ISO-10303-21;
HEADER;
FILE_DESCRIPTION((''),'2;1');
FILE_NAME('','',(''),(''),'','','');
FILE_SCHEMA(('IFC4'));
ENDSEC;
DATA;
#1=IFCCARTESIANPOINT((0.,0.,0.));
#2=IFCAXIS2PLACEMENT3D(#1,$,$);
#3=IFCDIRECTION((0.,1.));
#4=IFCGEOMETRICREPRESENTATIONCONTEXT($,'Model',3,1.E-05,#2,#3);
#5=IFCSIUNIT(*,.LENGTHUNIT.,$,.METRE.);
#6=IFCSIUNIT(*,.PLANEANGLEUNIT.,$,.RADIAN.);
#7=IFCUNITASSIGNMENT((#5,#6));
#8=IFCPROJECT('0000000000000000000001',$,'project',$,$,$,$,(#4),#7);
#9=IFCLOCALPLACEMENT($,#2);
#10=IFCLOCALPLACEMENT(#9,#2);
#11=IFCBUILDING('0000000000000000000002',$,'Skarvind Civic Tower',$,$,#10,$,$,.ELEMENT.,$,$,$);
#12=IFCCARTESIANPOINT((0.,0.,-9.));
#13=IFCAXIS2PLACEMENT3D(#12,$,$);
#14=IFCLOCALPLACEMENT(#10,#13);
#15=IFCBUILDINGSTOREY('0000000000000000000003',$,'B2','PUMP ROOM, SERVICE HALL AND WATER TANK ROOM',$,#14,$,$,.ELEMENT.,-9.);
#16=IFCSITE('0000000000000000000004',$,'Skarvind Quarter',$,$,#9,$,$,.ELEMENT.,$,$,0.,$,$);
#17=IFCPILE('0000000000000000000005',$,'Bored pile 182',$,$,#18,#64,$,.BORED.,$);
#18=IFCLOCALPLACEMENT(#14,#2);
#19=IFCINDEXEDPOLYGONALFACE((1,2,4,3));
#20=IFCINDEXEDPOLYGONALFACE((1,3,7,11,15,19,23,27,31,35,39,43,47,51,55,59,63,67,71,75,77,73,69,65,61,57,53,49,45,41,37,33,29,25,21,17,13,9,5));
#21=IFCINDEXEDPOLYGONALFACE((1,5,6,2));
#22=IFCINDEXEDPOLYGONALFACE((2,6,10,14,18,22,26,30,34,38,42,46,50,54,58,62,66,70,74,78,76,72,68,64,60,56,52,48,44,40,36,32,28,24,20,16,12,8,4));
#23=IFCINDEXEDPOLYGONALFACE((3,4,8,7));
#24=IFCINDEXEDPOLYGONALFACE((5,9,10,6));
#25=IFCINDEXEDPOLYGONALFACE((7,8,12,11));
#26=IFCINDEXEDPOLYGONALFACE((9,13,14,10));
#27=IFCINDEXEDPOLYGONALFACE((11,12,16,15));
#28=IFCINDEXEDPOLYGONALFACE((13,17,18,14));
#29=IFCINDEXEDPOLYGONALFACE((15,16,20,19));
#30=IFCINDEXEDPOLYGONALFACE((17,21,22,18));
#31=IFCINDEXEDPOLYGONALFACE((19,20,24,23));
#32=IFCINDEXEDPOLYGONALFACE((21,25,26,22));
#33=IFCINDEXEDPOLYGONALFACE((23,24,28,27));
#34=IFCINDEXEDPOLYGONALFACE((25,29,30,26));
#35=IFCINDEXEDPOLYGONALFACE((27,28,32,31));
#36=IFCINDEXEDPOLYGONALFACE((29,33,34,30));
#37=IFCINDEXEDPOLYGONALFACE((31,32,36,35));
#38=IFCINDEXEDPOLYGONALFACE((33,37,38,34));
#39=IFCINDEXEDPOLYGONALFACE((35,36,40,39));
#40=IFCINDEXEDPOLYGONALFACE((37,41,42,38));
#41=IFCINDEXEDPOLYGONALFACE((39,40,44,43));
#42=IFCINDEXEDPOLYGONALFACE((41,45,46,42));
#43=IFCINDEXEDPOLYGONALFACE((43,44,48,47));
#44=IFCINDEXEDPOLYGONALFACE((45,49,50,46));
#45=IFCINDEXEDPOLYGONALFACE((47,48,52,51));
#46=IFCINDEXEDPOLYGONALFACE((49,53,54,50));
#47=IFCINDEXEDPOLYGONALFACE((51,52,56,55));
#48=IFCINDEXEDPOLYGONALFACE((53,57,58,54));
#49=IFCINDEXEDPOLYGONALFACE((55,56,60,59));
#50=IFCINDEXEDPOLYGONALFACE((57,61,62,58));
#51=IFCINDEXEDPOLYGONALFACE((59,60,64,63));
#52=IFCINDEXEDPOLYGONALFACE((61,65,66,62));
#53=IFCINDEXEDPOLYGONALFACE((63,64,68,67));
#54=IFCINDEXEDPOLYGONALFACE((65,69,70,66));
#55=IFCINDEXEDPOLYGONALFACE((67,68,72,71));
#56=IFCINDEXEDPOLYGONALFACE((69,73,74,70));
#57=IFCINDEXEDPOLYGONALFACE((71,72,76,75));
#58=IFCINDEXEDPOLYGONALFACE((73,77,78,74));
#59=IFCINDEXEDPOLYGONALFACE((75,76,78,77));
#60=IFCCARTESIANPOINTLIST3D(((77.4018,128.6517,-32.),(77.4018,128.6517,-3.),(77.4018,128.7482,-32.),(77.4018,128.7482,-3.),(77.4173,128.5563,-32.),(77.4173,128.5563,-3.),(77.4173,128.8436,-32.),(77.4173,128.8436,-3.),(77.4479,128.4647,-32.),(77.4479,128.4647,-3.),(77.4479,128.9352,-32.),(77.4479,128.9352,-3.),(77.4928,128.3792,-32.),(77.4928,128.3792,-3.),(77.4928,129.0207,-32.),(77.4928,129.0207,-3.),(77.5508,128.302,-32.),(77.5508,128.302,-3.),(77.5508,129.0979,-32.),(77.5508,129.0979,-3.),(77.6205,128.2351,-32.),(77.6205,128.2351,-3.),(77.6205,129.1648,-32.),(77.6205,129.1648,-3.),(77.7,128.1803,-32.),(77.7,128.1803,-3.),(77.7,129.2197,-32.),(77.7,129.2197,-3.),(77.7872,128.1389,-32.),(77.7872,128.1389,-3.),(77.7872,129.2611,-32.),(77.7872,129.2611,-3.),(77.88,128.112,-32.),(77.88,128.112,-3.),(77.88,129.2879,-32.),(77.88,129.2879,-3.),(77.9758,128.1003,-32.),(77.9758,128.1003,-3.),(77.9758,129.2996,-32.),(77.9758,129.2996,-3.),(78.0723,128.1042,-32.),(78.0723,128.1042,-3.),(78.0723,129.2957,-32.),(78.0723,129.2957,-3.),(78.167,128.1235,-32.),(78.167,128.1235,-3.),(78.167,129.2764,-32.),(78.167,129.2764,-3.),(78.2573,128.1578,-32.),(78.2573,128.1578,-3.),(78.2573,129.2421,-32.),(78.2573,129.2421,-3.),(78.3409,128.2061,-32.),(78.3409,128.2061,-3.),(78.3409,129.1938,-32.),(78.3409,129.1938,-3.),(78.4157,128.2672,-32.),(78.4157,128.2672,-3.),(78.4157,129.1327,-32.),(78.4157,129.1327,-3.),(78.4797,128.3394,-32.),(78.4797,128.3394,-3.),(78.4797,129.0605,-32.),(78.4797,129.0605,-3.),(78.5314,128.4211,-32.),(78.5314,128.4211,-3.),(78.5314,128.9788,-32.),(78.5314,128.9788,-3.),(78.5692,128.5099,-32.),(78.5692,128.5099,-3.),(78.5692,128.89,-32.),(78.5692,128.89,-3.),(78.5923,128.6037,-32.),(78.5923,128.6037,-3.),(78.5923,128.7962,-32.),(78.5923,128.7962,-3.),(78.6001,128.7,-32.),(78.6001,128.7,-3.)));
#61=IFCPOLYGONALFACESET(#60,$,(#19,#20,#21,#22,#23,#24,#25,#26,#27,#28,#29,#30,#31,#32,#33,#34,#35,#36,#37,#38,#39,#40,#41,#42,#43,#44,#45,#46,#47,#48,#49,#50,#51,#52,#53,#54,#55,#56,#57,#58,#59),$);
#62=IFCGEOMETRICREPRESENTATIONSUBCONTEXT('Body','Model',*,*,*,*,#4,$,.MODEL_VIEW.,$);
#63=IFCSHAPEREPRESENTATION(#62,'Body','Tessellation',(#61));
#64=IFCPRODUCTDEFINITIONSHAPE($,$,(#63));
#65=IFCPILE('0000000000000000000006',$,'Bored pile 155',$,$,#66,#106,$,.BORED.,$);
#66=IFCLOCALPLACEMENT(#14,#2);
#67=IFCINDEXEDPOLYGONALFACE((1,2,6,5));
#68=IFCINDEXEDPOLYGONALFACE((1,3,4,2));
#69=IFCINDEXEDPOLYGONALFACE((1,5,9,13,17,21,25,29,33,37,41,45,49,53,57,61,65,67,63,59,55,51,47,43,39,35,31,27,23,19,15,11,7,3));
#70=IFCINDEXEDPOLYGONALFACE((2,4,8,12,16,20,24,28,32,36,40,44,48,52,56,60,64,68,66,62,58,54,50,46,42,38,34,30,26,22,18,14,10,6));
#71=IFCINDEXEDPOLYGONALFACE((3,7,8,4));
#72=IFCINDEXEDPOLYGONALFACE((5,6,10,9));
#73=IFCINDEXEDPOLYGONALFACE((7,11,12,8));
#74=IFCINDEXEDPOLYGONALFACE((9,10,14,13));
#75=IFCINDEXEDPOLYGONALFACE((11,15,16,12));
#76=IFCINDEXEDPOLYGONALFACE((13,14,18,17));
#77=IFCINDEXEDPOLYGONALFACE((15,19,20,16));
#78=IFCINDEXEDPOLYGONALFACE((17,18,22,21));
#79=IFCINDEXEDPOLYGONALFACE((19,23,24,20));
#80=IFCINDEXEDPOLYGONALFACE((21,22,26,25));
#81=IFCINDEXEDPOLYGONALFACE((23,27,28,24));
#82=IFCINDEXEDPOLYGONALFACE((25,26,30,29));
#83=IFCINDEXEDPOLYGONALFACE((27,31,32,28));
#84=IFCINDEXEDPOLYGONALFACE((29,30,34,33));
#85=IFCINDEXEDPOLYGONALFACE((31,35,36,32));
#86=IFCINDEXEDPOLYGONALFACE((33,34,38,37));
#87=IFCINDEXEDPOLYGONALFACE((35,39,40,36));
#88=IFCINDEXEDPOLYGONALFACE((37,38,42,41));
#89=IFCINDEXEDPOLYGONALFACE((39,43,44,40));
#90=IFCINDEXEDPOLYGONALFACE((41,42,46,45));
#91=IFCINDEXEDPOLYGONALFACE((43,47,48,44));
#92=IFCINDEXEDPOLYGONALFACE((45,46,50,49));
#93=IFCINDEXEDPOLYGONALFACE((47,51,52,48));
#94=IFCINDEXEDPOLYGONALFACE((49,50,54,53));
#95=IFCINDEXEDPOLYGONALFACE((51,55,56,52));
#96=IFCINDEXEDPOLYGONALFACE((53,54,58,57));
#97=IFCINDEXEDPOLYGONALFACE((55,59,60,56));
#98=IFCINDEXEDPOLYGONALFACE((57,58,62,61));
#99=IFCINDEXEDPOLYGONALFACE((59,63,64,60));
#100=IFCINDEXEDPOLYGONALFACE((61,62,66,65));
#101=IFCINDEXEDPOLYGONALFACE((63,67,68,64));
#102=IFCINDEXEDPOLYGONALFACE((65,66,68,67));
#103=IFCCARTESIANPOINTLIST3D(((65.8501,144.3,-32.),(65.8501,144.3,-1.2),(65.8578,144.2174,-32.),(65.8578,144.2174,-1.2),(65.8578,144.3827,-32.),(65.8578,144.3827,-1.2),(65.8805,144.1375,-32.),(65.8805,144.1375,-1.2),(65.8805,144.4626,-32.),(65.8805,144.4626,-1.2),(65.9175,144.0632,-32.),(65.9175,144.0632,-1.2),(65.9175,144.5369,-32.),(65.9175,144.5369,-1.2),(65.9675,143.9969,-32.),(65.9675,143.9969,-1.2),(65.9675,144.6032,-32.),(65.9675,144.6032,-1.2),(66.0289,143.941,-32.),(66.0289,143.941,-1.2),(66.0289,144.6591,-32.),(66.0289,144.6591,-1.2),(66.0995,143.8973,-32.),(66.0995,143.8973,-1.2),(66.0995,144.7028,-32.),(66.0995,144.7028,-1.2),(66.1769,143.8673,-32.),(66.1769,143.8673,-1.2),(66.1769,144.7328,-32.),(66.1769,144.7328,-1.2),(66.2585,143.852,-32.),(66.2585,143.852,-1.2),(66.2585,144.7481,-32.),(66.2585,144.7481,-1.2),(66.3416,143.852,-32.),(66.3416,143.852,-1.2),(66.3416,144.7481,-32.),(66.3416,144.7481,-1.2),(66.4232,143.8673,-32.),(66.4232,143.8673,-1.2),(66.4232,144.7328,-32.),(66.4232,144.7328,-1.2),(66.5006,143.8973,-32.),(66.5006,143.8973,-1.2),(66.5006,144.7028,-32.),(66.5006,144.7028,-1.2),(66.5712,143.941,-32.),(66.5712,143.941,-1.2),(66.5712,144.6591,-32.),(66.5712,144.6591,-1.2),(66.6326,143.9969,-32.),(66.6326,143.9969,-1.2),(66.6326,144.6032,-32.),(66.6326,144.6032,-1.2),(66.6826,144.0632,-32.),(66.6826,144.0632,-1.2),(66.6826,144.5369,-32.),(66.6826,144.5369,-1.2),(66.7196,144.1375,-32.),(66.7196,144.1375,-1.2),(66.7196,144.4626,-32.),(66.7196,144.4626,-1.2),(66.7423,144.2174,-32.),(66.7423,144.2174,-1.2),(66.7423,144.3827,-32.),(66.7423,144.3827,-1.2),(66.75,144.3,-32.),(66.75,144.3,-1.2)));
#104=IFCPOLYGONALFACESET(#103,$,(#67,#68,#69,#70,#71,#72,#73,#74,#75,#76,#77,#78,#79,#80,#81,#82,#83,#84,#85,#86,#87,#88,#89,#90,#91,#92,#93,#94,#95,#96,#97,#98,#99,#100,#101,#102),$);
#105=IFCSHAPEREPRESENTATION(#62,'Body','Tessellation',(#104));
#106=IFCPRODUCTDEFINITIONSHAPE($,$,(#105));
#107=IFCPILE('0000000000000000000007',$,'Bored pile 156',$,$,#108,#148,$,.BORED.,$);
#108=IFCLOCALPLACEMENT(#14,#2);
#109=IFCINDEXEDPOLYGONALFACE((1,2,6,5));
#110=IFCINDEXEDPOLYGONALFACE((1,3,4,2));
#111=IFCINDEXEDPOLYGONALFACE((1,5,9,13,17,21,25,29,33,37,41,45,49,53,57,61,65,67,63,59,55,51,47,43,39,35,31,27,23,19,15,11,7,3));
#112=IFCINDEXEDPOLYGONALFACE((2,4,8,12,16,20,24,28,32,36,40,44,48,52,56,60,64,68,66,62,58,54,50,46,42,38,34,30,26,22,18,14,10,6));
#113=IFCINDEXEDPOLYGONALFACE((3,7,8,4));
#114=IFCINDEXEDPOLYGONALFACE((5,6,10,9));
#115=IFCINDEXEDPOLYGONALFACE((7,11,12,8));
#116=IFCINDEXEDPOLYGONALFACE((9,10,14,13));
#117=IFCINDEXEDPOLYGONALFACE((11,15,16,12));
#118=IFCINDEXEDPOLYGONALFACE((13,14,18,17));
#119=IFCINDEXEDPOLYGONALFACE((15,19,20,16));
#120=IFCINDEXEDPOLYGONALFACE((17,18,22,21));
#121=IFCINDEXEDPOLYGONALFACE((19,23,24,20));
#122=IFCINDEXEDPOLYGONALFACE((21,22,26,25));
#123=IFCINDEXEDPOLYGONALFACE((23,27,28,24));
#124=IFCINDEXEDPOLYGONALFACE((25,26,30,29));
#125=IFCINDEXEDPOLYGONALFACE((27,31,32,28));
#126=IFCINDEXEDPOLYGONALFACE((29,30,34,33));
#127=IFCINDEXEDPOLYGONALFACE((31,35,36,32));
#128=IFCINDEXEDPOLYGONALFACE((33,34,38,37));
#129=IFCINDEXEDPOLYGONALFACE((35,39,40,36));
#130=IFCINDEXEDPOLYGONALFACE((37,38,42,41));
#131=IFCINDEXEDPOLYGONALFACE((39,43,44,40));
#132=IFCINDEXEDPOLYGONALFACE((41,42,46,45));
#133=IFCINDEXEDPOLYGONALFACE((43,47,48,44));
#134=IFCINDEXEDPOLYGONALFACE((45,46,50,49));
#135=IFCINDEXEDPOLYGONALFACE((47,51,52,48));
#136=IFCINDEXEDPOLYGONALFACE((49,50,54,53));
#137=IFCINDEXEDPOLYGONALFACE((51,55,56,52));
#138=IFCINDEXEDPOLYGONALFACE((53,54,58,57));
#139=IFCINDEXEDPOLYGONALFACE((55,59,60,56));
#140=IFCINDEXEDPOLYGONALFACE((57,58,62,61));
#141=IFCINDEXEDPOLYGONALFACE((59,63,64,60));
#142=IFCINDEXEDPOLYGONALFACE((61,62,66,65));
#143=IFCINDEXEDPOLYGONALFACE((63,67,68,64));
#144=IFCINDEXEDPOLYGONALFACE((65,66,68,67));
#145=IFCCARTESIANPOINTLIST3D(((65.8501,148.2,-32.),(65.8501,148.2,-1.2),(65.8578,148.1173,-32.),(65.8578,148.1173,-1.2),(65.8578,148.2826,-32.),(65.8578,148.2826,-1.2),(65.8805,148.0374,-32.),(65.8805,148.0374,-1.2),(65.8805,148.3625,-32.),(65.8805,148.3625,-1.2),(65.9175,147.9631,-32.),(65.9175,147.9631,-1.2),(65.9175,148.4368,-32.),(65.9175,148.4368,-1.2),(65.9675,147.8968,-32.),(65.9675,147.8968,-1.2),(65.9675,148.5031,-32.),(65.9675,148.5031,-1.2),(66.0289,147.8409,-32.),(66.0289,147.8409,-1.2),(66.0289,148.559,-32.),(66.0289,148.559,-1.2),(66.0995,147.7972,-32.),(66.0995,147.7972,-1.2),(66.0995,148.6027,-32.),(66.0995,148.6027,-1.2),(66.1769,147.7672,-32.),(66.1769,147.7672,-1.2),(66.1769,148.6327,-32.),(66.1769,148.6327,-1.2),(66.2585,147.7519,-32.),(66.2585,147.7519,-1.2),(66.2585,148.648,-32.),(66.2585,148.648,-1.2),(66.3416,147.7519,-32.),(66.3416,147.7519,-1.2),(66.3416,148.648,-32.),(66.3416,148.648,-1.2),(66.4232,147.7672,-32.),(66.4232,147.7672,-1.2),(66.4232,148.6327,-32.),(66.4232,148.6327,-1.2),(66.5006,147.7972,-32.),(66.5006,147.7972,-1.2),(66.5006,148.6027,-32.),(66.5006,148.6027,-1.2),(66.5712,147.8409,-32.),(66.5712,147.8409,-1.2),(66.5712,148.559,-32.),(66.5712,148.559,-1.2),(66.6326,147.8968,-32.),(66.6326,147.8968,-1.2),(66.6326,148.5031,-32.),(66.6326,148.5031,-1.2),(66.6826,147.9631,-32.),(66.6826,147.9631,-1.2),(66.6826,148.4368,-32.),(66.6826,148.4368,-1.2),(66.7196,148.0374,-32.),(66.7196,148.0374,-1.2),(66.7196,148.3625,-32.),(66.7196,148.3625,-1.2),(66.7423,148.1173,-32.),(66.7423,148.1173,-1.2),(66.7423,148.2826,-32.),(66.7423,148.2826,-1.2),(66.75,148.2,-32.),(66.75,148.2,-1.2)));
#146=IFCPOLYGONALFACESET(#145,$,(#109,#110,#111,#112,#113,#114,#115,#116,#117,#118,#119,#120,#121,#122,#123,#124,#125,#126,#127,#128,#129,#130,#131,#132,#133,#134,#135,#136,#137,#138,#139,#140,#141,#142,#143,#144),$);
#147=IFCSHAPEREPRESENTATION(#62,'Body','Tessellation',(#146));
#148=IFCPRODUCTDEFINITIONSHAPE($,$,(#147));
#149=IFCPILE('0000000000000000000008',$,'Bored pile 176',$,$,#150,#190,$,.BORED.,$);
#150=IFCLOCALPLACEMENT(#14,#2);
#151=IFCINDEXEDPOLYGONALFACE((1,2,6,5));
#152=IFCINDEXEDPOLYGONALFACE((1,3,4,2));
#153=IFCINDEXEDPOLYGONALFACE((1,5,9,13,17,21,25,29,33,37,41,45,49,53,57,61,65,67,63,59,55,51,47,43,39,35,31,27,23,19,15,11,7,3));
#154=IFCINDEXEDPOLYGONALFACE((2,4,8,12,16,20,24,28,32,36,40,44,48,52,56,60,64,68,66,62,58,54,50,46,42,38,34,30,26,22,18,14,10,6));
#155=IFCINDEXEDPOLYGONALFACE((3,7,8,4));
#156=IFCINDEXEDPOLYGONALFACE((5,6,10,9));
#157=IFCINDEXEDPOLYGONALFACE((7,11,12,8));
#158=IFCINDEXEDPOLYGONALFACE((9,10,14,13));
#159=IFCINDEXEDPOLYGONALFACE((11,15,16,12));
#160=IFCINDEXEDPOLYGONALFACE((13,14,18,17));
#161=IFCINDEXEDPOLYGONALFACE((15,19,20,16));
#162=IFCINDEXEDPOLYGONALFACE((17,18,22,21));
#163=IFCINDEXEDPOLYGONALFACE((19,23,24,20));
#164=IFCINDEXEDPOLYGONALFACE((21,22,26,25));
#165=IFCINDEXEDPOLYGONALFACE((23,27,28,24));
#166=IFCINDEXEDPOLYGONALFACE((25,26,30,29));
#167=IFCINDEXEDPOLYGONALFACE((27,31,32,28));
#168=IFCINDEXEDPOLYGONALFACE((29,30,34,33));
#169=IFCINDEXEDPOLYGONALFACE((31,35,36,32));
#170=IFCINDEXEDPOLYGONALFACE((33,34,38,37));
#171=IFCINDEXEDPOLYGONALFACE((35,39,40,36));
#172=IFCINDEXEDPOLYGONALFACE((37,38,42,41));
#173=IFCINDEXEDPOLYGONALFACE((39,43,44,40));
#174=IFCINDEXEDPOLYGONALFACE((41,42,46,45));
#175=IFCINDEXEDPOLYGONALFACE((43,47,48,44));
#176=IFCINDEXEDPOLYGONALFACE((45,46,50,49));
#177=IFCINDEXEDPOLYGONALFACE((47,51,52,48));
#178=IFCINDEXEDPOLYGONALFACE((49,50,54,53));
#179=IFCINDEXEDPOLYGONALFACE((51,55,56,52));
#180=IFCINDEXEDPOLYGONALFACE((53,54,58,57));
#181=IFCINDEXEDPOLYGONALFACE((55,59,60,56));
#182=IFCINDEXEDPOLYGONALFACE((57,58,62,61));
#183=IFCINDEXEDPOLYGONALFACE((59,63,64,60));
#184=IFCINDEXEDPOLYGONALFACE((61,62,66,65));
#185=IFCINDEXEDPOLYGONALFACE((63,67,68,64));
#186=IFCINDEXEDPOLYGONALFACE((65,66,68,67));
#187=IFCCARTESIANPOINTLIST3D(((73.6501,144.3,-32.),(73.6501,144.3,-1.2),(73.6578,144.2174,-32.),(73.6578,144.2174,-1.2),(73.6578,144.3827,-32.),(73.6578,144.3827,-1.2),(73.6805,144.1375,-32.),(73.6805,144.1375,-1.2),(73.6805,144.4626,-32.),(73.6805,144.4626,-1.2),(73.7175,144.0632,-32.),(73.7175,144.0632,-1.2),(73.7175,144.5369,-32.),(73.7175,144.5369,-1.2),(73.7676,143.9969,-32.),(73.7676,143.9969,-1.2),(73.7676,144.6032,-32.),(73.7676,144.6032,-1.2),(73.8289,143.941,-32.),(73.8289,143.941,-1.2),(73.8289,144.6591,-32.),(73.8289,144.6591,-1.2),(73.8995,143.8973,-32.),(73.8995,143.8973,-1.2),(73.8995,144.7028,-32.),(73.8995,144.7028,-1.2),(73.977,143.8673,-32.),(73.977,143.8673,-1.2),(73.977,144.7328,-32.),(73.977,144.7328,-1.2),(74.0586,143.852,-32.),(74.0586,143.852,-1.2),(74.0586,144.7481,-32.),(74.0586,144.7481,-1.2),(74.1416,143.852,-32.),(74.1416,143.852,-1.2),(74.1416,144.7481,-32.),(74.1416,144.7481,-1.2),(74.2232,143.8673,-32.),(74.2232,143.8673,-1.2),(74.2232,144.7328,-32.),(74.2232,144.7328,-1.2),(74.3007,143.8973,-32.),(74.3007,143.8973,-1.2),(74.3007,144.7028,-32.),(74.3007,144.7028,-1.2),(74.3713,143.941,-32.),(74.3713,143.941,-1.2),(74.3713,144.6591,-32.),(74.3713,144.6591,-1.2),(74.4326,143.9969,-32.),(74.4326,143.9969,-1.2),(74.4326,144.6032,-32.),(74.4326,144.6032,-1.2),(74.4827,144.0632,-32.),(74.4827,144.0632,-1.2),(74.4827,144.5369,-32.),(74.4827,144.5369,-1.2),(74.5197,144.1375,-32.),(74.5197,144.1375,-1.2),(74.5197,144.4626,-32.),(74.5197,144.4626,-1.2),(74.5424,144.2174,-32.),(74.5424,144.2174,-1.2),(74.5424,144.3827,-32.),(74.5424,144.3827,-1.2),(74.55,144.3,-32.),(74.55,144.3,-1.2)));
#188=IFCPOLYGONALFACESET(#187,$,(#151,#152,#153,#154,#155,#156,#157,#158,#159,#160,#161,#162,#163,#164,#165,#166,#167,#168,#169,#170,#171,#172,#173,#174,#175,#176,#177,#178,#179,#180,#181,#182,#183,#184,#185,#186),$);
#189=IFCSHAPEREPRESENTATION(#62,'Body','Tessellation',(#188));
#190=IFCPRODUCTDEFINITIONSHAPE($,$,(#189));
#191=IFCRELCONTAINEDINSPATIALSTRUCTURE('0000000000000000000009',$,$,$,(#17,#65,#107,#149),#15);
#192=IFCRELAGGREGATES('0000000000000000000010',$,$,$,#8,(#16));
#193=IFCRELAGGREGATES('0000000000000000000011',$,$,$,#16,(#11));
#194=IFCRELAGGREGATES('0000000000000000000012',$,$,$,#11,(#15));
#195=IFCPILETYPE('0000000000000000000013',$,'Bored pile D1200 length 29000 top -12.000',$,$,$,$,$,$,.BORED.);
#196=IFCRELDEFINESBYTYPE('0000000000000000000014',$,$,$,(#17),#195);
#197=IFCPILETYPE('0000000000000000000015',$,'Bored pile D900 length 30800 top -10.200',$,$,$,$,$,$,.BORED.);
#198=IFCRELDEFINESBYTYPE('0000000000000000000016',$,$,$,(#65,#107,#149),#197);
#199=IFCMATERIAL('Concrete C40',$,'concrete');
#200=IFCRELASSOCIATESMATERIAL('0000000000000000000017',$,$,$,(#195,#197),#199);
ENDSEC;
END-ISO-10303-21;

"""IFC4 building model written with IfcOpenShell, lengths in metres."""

from ifc_helpers import new_model, si_unit, direction, frame, origin, origin_2d, place, context, subcontext, project, spatial, circle, extrude, material, type_object, element, save


model = new_model("IFC4")

# Units and contexts
model_context = context("Model", 3, precision=1e-05, world=origin(), true_north=direction((0.0, 1.0)))
body_context = subcontext(model_context, "Body", "Model", "MODEL_VIEW")
ifc_project = project(units=[si_unit("LENGTHUNIT", "METRE"), si_unit("PLANEANGLEUNIT", "RADIAN")], contexts=[model_context])

# Site, building, storey
site_placement = place(None, origin())
site = spatial("IfcSite", under=ifc_project, at=site_placement, Name="Skarvind Quarter", CompositionType="ELEMENT", RefElevation=0.0)
building_placement = place(site_placement, origin())
building = spatial("IfcBuilding", under=site, at=building_placement, Name="Skarvind Civic Tower", CompositionType="ELEMENT")
storey_placement = place(building_placement, frame((0.0, 0.0, -9.0)))
storey = spatial("IfcBuildingStorey", under=building, at=storey_placement, Name="B2", Description="PUMP ROOM, SERVICE HALL AND WATER TANK ROOM", CompositionType="ELEMENT", Elevation=-9.0)

# Piles
ifc_material_1 = material(Name="Concrete C40", Category="concrete")
pile_type_1 = type_object("IfcPileType", Name="Bored pile D1200 length 29000 top -12.000", PredefinedType="BORED", material=ifc_material_1)
for number, where, z_axis, x_axis, name in (
    (1, (78.0, 128.7, -3.0), (0.0, 0.0, -1.0), (1.0, 0.0, 0.0), "Bored pile 182"),
):
    element("IfcPile", number, at=place(storey_placement, frame(where, z_axis=z_axis, x_axis=x_axis)), inside=storey, type_object=pile_type_1, Name=name, PredefinedType="BORED", context=body_context, shape_type="SweptSolid", body=[
        extrude(circle(Radius=0.6001, at=origin_2d()), origin(), (0.0, 0.0, 1.0), 29.0),
    ])
pile_type_2 = type_object("IfcPileType", Name="Bored pile D900 length 30800 top -10.200", PredefinedType="BORED", material=ifc_material_1)
for number, where, z_axis, x_axis, name in (
    (2, (66.3, 144.3, -1.2), (0.0, 0.0, -1.0), (1.0, 0.0, 0.0), "Bored pile 155"),
    (3, (66.3, 148.2, -1.2), (0.0, 0.0, -1.0), (1.0, 0.0, 0.0), "Bored pile 156"),
    (4, (74.1001, 144.3, -1.2), (0.0, 0.0, -1.0), (1.0, 0.0, 0.0), "Bored pile 176"),
):
    element("IfcPile", number, at=place(storey_placement, frame(where, z_axis=z_axis, x_axis=x_axis)), inside=storey, type_object=pile_type_2, Name=name, PredefinedType="BORED", context=body_context, shape_type="SweptSolid", body=[
        extrude(circle(Radius=0.45, at=origin_2d()), origin(), (0.0, 0.0, 1.0), 30.8),
    ])

save(model, "model.ifc")
